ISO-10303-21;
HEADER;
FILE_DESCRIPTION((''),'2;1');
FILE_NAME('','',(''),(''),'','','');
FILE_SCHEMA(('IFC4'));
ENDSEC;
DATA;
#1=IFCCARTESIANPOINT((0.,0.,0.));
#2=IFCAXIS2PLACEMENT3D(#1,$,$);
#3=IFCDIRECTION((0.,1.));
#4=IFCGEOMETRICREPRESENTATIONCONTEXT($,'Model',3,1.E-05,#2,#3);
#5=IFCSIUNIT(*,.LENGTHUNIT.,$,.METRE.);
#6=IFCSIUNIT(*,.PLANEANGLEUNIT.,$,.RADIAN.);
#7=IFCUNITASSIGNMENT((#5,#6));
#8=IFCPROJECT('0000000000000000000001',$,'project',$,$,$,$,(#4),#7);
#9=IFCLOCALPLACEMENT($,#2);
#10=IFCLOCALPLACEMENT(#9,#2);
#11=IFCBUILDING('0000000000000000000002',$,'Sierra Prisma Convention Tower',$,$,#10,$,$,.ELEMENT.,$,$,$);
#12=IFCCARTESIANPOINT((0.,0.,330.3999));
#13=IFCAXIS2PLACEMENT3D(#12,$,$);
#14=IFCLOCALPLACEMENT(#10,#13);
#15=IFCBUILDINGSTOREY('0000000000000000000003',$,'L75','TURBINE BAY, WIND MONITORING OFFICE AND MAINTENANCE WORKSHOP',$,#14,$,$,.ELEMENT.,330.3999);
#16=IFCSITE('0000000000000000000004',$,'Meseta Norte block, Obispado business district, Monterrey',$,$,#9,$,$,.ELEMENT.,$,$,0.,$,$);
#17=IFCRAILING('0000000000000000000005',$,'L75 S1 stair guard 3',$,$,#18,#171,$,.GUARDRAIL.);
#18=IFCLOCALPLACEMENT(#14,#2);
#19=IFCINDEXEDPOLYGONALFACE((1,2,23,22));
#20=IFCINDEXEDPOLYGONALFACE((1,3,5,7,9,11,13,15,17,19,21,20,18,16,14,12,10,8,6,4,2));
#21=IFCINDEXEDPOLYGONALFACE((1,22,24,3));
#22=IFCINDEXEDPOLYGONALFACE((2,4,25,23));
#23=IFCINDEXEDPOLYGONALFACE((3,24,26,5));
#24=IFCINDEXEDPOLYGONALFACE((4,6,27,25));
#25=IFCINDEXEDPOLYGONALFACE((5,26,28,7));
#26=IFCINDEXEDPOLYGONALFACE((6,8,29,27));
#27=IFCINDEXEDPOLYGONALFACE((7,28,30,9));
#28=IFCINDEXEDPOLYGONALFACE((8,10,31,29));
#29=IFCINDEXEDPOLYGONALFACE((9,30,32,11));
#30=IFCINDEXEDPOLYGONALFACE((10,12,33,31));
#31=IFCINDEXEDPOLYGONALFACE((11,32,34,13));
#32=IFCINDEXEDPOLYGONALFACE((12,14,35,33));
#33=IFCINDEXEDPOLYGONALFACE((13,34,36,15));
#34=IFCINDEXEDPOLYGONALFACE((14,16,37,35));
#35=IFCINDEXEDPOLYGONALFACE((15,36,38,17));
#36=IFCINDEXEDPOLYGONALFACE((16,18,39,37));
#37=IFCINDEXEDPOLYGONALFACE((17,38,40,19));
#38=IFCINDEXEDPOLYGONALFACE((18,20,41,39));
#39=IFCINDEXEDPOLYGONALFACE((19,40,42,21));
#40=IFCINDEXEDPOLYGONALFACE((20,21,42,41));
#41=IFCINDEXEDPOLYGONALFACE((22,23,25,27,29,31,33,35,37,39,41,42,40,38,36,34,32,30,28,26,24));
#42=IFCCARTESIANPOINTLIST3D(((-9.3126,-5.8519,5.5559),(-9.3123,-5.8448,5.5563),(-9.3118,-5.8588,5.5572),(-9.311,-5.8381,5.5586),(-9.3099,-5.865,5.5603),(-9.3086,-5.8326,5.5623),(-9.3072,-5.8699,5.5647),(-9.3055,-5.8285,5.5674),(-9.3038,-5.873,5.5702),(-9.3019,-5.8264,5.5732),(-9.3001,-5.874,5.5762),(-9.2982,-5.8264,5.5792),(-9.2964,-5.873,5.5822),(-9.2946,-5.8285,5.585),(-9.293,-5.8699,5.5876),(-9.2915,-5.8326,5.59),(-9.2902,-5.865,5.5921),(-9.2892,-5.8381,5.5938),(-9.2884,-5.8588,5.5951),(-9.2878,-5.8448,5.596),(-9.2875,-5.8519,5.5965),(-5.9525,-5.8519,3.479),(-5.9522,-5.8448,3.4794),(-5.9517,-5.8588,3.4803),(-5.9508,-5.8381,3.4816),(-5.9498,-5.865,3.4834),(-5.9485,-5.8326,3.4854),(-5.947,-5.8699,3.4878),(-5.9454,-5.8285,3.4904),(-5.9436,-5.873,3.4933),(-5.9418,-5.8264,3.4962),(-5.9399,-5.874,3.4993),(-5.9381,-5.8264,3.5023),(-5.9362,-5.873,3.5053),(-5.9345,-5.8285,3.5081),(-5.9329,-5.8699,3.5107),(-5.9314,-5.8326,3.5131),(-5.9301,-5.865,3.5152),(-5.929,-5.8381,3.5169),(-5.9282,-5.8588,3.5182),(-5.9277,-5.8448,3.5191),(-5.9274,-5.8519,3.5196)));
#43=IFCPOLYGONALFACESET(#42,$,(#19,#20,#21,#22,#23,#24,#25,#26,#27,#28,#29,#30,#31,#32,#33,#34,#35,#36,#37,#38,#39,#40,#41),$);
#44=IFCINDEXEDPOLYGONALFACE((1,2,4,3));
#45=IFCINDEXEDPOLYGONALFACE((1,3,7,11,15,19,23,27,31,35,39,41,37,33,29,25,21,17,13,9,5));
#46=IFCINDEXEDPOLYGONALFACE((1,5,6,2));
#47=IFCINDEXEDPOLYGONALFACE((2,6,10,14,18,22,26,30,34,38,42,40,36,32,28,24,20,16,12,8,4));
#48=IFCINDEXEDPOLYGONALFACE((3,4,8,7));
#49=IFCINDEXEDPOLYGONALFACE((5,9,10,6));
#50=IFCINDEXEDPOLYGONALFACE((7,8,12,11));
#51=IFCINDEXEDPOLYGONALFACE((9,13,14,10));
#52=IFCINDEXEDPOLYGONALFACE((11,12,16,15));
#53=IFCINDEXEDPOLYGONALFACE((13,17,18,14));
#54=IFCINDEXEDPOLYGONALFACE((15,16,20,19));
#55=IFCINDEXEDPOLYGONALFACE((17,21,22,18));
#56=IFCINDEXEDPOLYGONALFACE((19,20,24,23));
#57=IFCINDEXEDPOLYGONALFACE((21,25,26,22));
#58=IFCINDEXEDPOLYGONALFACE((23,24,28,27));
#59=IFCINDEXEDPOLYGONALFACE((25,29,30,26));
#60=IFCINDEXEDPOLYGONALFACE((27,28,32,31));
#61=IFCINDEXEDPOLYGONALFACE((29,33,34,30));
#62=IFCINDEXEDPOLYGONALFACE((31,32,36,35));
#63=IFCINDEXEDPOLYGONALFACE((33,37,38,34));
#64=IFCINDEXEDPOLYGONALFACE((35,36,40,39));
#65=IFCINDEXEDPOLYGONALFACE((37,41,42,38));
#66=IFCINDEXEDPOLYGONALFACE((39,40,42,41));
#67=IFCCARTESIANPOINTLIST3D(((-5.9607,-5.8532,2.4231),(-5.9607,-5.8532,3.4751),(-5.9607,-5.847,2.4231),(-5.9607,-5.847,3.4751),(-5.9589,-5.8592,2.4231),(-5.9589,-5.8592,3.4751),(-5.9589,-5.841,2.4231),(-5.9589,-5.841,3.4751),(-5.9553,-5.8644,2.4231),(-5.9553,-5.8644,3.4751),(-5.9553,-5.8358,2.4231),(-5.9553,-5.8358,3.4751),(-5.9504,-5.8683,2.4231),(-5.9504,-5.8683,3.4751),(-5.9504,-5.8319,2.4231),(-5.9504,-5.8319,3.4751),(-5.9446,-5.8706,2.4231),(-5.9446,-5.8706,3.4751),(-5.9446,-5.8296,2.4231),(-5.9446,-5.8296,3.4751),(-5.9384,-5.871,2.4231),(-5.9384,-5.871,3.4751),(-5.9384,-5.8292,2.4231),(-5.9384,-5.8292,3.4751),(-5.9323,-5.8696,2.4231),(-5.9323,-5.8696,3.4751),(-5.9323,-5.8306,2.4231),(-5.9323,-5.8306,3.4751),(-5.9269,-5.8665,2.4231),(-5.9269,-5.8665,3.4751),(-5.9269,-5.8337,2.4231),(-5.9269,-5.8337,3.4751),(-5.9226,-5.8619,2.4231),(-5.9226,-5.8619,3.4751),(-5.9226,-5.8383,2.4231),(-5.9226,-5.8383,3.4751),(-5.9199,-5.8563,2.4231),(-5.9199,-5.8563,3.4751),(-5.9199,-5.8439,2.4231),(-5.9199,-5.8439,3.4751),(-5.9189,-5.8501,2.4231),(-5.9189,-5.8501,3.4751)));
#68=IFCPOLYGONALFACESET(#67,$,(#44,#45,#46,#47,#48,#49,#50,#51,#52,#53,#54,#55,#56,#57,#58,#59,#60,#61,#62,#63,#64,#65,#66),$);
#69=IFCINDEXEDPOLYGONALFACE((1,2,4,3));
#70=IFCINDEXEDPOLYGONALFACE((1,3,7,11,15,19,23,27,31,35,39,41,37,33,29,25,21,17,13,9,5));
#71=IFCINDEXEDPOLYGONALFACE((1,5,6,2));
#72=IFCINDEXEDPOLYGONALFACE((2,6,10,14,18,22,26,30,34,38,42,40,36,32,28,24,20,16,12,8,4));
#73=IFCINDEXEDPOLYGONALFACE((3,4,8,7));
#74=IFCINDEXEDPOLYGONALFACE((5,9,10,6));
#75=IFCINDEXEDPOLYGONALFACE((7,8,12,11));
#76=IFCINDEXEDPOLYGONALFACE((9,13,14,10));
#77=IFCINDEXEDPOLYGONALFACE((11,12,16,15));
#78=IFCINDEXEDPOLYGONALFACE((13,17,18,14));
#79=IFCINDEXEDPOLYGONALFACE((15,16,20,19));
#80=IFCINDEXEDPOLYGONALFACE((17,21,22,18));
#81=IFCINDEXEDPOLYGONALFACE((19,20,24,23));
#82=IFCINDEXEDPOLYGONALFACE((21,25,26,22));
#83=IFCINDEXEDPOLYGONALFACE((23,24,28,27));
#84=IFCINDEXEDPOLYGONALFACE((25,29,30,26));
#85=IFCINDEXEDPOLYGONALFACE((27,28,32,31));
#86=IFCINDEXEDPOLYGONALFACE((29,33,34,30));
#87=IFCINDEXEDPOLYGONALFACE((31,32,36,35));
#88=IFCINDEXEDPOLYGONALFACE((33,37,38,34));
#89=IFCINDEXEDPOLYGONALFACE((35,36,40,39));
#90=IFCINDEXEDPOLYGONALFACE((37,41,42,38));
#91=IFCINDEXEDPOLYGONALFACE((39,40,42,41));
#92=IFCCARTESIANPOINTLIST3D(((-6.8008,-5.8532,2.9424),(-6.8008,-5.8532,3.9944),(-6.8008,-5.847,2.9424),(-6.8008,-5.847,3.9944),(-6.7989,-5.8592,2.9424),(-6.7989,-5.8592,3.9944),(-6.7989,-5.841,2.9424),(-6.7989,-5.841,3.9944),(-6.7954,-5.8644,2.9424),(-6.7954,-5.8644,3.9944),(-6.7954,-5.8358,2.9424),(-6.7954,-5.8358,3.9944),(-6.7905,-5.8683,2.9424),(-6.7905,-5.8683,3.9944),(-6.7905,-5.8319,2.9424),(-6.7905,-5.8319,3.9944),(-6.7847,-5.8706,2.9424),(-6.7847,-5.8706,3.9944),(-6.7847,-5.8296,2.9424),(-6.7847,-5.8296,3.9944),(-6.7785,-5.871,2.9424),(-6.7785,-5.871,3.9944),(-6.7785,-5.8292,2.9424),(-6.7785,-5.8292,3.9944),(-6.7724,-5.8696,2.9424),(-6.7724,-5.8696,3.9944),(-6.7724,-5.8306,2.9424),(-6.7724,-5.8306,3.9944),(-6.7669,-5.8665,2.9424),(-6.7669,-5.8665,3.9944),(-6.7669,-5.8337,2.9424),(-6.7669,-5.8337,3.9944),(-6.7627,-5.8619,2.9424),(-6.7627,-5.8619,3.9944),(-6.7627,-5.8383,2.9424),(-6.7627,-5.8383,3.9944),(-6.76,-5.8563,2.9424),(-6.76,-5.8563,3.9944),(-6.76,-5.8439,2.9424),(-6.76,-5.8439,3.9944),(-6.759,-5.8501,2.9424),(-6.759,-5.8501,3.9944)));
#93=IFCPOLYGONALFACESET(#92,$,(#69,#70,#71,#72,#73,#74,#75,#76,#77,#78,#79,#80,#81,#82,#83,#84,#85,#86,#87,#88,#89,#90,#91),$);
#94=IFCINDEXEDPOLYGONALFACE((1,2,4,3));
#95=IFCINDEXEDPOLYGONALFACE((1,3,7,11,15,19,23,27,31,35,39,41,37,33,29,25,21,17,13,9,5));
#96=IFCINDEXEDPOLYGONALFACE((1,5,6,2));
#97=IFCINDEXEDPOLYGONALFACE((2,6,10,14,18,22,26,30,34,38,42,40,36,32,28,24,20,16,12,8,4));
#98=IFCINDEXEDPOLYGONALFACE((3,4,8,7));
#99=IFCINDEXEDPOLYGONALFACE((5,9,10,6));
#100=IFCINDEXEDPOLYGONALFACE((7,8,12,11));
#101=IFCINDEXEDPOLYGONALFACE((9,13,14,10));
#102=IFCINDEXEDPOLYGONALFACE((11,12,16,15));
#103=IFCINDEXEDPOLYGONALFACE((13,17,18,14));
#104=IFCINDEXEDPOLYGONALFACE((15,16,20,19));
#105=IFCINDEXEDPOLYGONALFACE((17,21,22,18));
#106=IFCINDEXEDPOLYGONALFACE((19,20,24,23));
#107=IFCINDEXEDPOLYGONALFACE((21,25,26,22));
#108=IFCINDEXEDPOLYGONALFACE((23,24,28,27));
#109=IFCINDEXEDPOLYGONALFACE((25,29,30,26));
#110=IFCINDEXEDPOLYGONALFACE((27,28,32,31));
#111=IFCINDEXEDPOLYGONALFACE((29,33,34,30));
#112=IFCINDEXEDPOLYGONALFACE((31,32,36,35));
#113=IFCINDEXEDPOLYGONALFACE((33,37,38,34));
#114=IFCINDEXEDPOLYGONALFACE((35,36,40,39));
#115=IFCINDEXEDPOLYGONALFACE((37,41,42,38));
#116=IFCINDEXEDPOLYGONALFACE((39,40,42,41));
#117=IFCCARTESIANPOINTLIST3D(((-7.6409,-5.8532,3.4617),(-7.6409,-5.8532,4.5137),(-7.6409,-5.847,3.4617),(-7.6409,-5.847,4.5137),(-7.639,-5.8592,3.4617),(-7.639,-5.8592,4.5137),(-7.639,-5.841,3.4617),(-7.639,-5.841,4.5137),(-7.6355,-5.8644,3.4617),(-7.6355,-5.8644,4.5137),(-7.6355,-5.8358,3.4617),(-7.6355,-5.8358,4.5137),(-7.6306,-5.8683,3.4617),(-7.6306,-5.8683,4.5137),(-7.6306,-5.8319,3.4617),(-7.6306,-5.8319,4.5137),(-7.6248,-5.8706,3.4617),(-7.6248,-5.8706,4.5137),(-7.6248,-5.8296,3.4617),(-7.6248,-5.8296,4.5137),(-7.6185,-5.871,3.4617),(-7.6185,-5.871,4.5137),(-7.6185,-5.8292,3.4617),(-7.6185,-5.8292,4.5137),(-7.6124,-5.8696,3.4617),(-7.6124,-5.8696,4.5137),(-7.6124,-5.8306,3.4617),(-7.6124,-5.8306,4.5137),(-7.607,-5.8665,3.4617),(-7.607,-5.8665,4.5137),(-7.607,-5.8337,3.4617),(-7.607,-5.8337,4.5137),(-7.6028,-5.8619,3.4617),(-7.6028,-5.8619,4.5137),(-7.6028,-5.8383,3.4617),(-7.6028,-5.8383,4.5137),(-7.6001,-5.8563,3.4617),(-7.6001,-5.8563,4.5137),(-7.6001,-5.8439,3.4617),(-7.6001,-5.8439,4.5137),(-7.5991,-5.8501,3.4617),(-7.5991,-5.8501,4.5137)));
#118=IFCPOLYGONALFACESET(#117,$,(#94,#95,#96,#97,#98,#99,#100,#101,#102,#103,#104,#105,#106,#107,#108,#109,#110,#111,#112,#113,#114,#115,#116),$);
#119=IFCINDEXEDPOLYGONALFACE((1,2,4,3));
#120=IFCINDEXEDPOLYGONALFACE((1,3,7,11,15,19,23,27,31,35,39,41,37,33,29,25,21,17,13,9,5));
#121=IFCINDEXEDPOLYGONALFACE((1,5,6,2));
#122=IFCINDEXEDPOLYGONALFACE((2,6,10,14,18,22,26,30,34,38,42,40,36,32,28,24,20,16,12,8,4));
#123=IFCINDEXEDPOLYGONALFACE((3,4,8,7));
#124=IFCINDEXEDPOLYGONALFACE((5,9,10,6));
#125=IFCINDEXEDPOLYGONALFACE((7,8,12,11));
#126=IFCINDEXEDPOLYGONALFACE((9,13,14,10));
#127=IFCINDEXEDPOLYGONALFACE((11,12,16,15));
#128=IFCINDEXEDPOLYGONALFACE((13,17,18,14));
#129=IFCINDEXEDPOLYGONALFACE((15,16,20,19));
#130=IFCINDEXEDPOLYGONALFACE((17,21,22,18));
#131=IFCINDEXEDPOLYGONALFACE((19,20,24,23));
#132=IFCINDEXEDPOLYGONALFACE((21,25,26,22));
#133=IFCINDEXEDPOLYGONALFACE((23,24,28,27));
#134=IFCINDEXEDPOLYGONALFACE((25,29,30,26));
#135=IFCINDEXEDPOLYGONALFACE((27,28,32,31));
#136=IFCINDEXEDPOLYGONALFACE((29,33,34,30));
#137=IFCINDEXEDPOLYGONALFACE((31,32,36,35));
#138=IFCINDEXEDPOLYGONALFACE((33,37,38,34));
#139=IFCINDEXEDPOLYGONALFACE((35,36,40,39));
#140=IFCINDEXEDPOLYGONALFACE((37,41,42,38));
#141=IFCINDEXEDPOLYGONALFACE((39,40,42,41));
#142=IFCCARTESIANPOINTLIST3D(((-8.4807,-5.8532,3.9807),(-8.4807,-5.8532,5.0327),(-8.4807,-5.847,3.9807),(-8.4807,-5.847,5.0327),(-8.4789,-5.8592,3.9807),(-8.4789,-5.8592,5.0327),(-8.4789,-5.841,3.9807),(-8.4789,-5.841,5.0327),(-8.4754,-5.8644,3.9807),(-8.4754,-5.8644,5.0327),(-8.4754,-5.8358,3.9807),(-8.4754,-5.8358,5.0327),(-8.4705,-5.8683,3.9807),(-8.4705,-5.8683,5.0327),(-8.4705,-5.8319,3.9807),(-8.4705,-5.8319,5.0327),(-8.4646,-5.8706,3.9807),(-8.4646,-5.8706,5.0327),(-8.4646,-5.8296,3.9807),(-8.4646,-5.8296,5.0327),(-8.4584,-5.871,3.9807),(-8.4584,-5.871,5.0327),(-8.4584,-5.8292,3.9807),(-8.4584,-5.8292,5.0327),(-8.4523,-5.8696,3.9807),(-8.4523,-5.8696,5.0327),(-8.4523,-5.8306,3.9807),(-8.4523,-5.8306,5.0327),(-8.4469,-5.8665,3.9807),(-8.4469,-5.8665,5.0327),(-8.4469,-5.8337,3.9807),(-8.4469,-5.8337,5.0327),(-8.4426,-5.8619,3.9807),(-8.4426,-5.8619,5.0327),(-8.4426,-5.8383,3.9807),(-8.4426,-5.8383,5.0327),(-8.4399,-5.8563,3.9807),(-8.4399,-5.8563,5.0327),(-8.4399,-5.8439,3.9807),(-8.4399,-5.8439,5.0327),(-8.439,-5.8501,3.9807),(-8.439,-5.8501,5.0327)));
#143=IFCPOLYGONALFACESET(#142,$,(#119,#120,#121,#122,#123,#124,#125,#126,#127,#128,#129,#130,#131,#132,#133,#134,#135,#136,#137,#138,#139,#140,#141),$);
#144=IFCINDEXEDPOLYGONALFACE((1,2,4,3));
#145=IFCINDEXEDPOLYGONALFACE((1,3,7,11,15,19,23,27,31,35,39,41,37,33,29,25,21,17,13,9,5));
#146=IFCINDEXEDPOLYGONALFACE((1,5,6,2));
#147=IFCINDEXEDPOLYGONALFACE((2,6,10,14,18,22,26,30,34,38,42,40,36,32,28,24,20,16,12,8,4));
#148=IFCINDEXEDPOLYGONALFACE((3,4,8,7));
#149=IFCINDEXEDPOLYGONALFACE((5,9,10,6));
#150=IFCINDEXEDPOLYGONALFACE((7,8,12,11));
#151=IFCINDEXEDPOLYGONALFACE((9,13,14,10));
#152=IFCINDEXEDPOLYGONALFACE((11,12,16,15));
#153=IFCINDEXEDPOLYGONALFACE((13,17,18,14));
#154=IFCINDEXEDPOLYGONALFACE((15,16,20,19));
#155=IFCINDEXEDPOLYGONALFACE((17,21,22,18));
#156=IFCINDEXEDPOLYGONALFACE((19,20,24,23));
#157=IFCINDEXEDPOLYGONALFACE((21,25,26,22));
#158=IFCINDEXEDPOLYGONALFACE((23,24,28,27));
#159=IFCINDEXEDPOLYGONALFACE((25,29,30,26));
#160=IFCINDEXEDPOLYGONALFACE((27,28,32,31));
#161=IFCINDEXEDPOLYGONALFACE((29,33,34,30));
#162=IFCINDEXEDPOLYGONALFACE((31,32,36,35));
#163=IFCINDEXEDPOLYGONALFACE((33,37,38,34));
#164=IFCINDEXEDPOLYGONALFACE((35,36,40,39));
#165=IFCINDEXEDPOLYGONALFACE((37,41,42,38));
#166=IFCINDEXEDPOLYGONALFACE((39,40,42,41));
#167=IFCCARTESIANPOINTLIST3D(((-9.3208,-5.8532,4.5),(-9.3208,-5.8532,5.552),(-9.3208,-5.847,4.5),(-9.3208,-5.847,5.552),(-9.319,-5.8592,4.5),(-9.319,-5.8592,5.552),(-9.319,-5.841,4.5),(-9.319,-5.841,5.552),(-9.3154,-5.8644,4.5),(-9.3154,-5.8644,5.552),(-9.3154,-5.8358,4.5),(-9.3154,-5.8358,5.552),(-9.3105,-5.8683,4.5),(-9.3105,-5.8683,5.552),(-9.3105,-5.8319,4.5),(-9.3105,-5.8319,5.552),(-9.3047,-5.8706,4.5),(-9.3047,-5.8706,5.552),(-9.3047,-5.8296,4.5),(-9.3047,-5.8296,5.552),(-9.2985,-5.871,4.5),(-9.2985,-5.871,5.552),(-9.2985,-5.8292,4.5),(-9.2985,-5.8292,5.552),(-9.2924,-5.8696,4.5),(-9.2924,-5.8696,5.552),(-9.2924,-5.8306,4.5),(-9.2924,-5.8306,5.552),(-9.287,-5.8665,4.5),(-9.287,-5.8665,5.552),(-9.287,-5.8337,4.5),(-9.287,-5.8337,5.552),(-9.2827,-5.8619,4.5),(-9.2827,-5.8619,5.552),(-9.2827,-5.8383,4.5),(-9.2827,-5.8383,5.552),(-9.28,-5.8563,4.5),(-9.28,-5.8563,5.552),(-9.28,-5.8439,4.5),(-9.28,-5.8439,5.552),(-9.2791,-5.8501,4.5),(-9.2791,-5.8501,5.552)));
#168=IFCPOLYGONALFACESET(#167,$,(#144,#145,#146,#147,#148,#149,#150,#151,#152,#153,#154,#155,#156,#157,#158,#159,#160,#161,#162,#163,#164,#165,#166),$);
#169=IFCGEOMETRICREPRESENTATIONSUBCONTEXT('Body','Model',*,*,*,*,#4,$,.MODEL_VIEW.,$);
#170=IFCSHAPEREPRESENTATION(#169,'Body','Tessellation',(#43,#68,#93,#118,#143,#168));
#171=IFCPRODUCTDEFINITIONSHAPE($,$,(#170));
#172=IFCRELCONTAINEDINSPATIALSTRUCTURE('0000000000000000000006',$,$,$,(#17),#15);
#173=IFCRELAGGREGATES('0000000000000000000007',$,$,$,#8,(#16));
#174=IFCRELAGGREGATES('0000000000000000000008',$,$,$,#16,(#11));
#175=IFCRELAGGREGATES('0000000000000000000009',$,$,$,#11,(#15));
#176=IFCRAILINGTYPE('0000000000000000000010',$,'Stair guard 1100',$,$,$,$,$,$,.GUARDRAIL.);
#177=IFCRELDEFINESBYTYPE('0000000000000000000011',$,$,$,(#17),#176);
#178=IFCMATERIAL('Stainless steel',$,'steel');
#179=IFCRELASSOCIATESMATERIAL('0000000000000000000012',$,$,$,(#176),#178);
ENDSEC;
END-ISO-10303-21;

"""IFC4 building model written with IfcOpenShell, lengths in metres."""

from ifc_helpers import new_model, si_unit, direction, frame, origin, origin_2d, place, context, subcontext, project, spatial, circle, extrude, material, type_object, element, save


model = new_model("IFC4")

# Units and contexts
model_context = context("Model", 3, precision=1e-05, world=origin(), true_north=direction((0.0, 1.0)))
body_context = subcontext(model_context, "Body", "Model", "MODEL_VIEW")
ifc_project = project(units=[si_unit("LENGTHUNIT", "METRE"), si_unit("PLANEANGLEUNIT", "RADIAN")], contexts=[model_context])

# Site, building, storey
site_placement = place(None, origin())
site = spatial("IfcSite", under=ifc_project, at=site_placement, Name="Meseta Norte block, Obispado business district, Monterrey", CompositionType="ELEMENT", RefElevation=0.0)
building_placement = place(site_placement, origin())
building = spatial("IfcBuilding", under=site, at=building_placement, Name="Sierra Prisma Convention Tower", CompositionType="ELEMENT")
storey_placement = place(building_placement, frame((0.0, 0.0, 330.3999)))
storey = spatial("IfcBuildingStorey", under=building, at=storey_placement, Name="L75", Description="TURBINE BAY, WIND MONITORING OFFICE AND MAINTENANCE WORKSHOP", CompositionType="ELEMENT", Elevation=330.3999)

# Railing
ifc_material_1 = material(Name="Stainless steel", Category="steel")
railing_type_1 = type_object("IfcRailingType", Name="Stair guard 1100", PredefinedType="GUARDRAIL", material=ifc_material_1)
railing_1_placement = place(storey_placement, frame((-5.9399, -5.8501, 2.4231)))
element("IfcRailing", 1, at=railing_1_placement, inside=storey, type_object=railing_type_1, Name="L75 S1 stair guard 3", PredefinedType="GUARDRAIL", context=body_context, shape_type="SweptSolid", body=[
    extrude(circle(Radius=0.0239, at=origin_2d()), frame((0.0, 0.0, 1.0762), z_axis=(-0.850623, 0.0, 0.525776), x_axis=(0.0, -1.0, 0.0)), (0.0, 0.0, 1.0), 3.9502),
    extrude(circle(Radius=0.021, at=origin_2d()), origin(), (0.0, 0.0, 1.0), 1.052),
    extrude(circle(Radius=0.021, at=origin_2d()), frame((-0.8401, 0.0, 0.5193)), (0.0, 0.0, 1.0), 1.052),
    extrude(circle(Radius=0.021, at=origin_2d()), frame((-1.6802, 0.0, 1.0386)), (0.0, 0.0, 1.0), 1.052),
    extrude(circle(Radius=0.021, at=origin_2d()), frame((-2.52, 0.0, 1.5576)), (0.0, 0.0, 1.0), 1.052),
    extrude(circle(Radius=0.021, at=origin_2d()), frame((-3.3601, 0.0, 2.0769)), (0.0, 0.0, 1.0), 1.052),
])

save(model, "model.ifc")
